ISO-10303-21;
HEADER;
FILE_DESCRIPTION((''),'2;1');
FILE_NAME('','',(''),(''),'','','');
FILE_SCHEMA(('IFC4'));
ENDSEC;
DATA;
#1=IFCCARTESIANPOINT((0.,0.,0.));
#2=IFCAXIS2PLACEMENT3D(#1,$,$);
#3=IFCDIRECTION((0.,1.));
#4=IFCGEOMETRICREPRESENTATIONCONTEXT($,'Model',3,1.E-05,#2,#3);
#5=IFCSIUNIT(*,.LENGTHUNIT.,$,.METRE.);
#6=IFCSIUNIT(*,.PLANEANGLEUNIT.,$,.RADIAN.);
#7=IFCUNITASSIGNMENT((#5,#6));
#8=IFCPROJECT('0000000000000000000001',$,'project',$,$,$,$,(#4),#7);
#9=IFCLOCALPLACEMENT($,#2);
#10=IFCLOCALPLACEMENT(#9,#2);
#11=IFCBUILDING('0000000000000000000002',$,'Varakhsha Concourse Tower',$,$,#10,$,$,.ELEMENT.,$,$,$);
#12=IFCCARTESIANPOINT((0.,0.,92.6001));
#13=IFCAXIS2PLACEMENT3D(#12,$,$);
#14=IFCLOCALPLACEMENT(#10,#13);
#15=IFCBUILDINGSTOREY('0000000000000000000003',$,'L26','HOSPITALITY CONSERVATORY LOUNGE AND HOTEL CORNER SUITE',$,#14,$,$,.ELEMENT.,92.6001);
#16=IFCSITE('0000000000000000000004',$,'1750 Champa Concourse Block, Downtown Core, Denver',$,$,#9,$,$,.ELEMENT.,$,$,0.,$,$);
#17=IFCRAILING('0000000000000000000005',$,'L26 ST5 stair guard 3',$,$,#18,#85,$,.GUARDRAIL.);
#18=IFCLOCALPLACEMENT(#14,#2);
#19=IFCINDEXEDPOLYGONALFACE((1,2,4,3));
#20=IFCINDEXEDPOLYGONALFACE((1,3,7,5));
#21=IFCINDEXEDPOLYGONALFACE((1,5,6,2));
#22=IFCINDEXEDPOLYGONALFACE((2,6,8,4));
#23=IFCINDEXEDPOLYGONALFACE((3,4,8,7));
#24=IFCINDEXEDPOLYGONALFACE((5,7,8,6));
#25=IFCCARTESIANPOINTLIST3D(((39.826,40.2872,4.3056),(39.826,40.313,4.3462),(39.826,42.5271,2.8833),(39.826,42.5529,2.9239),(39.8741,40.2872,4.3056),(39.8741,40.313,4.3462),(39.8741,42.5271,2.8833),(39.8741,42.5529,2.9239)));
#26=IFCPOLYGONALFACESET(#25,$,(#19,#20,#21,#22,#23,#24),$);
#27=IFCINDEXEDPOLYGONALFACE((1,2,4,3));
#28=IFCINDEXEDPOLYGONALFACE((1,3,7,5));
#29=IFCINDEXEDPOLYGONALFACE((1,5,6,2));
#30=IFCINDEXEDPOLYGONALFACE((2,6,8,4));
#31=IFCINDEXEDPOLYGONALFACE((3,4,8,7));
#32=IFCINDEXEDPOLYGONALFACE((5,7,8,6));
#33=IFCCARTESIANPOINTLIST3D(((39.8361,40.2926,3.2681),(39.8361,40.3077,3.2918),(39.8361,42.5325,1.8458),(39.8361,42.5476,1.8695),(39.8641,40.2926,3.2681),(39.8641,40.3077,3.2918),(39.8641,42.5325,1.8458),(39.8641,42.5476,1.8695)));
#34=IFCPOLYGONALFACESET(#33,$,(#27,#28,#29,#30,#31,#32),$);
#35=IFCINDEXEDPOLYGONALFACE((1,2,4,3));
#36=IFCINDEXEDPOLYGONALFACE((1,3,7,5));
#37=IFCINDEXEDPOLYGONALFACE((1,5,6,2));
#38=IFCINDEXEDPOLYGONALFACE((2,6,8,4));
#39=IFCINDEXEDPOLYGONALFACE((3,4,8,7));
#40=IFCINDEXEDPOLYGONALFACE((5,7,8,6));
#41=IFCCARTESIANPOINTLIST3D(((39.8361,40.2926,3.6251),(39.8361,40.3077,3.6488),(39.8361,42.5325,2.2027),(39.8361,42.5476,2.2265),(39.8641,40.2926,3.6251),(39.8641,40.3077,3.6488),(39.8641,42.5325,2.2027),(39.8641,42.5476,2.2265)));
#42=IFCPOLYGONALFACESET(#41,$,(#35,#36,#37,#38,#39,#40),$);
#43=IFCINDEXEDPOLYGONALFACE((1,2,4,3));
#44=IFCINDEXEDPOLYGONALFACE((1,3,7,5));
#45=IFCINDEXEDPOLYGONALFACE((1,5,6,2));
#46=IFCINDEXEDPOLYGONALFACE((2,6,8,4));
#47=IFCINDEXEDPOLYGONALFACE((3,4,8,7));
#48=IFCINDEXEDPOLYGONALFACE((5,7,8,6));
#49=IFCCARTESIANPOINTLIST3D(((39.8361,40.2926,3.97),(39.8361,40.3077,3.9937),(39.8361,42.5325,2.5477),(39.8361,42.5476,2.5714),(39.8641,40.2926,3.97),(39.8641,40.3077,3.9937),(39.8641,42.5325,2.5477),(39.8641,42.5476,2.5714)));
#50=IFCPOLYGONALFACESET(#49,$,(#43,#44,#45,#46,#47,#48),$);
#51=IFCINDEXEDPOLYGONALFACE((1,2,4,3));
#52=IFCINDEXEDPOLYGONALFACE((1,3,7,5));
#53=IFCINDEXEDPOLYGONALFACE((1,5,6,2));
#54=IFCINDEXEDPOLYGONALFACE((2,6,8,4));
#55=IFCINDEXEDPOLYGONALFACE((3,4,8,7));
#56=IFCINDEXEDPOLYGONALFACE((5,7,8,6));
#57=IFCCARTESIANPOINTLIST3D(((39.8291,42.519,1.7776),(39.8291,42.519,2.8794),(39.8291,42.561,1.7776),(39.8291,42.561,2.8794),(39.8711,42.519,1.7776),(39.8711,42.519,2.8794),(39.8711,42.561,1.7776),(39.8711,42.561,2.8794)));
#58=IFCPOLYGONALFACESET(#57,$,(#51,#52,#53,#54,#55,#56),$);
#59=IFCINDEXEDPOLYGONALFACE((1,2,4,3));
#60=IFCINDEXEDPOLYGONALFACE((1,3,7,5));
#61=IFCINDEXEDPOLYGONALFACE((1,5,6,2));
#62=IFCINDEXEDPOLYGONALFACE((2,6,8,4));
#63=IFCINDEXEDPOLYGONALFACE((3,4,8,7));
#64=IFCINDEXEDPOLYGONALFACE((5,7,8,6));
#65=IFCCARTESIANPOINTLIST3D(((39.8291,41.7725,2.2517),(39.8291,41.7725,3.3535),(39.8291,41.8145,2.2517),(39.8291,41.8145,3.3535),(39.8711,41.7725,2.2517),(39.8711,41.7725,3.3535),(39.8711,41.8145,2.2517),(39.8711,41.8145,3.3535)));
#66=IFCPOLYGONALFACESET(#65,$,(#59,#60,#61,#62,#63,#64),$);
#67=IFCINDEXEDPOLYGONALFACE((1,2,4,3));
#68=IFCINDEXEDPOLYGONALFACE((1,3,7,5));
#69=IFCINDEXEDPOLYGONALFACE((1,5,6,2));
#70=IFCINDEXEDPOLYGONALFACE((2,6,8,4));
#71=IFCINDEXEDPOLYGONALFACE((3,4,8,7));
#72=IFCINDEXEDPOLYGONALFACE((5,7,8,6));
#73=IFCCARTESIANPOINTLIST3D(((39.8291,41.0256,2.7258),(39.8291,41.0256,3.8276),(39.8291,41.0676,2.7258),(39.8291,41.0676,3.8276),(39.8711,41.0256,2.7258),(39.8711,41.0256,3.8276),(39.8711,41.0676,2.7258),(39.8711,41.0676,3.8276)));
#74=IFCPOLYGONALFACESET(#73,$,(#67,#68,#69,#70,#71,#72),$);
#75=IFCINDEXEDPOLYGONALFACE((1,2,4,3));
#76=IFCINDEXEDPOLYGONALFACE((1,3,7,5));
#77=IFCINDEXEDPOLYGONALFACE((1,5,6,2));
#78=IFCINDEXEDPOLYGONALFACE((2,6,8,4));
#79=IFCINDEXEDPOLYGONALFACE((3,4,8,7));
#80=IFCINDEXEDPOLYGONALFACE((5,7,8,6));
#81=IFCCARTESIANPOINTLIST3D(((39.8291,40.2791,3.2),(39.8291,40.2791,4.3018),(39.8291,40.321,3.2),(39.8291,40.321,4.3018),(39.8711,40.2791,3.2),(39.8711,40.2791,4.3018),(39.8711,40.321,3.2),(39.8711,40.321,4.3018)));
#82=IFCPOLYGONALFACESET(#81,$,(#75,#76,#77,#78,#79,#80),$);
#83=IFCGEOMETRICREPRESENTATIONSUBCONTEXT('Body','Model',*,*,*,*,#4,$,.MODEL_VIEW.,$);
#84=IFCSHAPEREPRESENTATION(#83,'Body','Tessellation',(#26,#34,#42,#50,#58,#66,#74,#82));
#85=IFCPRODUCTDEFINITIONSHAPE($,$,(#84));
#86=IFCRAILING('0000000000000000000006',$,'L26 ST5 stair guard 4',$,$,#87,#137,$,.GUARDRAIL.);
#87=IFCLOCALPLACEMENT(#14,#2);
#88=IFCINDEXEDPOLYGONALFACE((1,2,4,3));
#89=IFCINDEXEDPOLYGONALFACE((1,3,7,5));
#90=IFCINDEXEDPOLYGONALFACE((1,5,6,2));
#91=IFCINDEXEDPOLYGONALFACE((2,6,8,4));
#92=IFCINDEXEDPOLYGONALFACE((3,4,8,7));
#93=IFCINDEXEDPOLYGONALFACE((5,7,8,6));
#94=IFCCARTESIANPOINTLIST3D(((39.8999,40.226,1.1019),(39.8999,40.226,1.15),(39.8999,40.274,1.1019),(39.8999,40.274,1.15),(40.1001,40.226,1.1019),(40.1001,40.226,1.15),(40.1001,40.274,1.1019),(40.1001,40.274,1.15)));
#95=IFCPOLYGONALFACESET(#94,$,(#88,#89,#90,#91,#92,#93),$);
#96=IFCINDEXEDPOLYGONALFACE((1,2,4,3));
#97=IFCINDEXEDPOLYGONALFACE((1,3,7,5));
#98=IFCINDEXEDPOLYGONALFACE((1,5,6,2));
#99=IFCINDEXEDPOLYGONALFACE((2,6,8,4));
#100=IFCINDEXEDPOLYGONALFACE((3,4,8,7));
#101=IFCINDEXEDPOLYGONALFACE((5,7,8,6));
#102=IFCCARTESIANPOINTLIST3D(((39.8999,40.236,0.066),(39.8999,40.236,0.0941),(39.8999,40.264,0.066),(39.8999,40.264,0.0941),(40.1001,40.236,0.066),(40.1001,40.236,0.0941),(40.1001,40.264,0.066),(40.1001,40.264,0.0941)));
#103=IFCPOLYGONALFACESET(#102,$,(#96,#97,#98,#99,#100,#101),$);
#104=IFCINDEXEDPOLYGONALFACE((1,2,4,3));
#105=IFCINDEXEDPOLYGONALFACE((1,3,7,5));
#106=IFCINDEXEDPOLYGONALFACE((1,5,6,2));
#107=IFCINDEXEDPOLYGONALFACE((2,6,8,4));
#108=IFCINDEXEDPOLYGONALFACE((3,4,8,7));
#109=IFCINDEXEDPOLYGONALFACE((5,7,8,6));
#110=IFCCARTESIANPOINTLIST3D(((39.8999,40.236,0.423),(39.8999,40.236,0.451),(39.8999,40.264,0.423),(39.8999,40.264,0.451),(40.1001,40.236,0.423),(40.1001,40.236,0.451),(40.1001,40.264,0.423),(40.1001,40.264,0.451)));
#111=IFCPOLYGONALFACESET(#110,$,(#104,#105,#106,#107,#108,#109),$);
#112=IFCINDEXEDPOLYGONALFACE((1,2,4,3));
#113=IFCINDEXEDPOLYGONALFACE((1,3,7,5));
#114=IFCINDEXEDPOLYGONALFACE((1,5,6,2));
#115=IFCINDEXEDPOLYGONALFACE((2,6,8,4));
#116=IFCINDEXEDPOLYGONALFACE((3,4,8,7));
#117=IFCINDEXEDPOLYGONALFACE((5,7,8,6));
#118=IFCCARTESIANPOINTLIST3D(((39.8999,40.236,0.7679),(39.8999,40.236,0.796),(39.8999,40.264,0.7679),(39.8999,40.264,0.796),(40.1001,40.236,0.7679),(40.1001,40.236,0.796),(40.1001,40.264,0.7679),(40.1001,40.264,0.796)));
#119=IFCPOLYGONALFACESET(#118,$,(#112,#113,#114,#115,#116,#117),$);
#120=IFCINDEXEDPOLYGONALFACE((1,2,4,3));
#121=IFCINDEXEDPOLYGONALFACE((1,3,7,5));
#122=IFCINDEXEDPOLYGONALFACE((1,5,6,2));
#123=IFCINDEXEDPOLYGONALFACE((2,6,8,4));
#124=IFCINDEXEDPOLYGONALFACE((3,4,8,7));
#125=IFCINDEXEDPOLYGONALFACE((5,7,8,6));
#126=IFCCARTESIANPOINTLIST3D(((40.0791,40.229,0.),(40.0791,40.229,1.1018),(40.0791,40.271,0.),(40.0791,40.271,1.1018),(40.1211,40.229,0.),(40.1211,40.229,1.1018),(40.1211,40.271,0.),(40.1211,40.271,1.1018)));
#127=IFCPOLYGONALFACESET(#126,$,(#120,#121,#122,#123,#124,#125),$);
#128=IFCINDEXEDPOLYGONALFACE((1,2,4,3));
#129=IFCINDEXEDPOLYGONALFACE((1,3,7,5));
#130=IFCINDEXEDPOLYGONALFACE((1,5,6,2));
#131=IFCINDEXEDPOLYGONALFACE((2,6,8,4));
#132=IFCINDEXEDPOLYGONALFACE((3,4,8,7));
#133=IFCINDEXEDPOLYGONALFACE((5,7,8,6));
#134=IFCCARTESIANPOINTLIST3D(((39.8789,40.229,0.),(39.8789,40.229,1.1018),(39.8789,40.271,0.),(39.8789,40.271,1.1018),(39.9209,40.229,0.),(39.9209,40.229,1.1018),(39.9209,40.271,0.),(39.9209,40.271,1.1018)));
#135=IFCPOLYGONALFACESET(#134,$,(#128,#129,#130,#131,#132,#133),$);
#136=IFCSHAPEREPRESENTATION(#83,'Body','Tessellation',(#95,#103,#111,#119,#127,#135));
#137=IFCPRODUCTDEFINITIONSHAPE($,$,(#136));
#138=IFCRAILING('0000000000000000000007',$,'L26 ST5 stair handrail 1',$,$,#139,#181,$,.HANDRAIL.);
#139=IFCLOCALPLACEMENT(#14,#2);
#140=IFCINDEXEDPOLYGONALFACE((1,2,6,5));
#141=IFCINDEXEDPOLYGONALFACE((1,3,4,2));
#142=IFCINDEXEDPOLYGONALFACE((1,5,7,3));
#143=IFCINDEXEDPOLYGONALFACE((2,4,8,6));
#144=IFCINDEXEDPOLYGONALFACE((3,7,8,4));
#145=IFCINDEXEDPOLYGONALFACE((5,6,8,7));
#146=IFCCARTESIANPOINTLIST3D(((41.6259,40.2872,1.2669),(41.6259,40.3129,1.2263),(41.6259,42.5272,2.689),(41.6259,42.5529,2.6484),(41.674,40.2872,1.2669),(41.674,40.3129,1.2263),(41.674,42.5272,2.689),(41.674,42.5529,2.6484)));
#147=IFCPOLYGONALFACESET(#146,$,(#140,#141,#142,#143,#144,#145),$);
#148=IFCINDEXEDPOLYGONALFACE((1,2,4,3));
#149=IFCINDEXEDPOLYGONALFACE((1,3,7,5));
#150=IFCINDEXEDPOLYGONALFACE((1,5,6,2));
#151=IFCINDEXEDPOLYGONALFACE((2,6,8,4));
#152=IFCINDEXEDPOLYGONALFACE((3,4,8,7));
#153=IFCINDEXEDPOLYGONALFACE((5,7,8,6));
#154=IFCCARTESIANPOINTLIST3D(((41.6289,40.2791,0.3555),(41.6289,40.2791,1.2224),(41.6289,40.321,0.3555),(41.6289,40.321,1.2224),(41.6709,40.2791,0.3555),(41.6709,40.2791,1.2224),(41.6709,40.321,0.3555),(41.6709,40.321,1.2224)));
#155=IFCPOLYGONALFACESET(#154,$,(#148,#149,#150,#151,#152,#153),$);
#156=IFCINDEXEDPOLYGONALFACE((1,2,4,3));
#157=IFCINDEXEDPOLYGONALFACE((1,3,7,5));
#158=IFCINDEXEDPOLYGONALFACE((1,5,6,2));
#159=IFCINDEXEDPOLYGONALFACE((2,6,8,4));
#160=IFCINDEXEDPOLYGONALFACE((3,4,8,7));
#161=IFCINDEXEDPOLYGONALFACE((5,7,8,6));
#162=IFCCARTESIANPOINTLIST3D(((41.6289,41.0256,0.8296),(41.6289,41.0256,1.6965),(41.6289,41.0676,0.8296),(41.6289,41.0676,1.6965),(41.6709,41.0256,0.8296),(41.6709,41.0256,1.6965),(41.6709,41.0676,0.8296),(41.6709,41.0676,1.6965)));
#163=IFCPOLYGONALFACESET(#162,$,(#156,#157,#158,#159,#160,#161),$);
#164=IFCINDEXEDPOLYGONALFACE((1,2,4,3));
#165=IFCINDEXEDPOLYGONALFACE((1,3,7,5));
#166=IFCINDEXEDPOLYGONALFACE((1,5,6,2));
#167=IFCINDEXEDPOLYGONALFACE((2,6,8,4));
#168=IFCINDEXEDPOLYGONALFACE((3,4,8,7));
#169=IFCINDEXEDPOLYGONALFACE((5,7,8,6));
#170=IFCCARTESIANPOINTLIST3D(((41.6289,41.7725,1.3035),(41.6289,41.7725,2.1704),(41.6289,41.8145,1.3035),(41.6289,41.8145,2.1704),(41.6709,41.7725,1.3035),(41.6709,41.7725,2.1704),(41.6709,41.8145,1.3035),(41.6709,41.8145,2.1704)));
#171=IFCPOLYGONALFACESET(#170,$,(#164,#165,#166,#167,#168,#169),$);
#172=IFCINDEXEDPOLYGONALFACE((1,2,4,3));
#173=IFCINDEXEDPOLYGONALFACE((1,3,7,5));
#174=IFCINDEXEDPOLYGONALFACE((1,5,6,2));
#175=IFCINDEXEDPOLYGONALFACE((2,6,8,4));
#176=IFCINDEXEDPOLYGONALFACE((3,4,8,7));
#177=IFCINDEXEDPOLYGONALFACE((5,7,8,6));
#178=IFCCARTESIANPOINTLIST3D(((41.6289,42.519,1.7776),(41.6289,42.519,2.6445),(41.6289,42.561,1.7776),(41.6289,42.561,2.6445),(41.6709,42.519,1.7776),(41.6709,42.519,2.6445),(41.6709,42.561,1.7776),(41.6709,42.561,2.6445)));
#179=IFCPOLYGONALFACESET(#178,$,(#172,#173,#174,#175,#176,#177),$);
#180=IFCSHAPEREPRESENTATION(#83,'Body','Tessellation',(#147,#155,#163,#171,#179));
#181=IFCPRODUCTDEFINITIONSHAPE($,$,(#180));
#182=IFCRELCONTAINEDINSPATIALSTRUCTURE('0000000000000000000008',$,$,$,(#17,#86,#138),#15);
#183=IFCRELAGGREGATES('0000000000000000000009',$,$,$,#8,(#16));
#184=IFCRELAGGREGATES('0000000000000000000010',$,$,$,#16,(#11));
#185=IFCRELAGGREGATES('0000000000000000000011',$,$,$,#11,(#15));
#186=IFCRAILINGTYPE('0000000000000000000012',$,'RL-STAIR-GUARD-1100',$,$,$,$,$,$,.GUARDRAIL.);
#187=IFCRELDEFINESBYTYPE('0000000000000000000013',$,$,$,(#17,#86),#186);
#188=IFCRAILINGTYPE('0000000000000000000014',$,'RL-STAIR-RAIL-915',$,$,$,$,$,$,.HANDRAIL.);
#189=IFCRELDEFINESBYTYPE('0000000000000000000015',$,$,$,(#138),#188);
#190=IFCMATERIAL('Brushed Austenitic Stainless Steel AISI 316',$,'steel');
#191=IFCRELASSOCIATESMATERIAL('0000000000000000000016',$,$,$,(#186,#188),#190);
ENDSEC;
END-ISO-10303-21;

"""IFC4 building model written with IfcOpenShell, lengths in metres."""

from ifc_helpers import new_model, si_unit, direction, frame, origin, origin_2d, place, context, subcontext, project, spatial, rectangle, extrude, material, type_object, element, save


model = new_model("IFC4")

# Units and contexts
model_context = context("Model", 3, precision=1e-05, world=origin(), true_north=direction((0.0, 1.0)))
body_context = subcontext(model_context, "Body", "Model", "MODEL_VIEW")
ifc_project = project(units=[si_unit("LENGTHUNIT", "METRE"), si_unit("PLANEANGLEUNIT", "RADIAN")], contexts=[model_context])

# Site, building, storey
site_placement = place(None, origin())
site = spatial("IfcSite", under=ifc_project, at=site_placement, Name="1750 Champa Concourse Block, Downtown Core, Denver", CompositionType="ELEMENT", RefElevation=0.0)
building_placement = place(site_placement, origin())
building = spatial("IfcBuilding", under=site, at=building_placement, Name="Varakhsha Concourse Tower", CompositionType="ELEMENT")
storey_placement = place(building_placement, frame((0.0, 0.0, 92.6001)))
storey = spatial("IfcBuildingStorey", under=building, at=storey_placement, Name="L26", Description="HOSPITALITY CONSERVATORY LOUNGE AND HOTEL CORNER SUITE", CompositionType="ELEMENT", Elevation=92.6001)

# Railings
ifc_material_1 = material(Name="Brushed Austenitic Stainless Steel AISI 316", Category="steel")
railing_type_1 = type_object("IfcRailingType", Name="RL-STAIR-GUARD-1100", PredefinedType="GUARDRAIL", material=ifc_material_1)
railing_1_placement = place(storey_placement, frame((39.8501, 42.54, 1.7776)))
element("IfcRailing", 1, at=railing_1_placement, inside=storey, type_object=railing_type_1, Name="L26 ST5 stair guard 3", PredefinedType="GUARDRAIL", context=body_context, shape_type="SweptSolid", body=[
    extrude(rectangle(XDim=0.0481, YDim=0.0481, at=origin_2d()), frame((0.0, 0.0, 1.126), z_axis=(0.0, -0.844188, 0.536048), x_axis=(1.0, 0.0, 0.0)), (0.0, 0.0, 1.0), 2.6533),
    extrude(rectangle(XDim=0.0281, YDim=0.0281, at=origin_2d()), frame((0.0, 0.0, 0.0801), z_axis=(0.0, -0.844188, 0.536048), x_axis=(1.0, 0.0, 0.0)), (0.0, 0.0, 1.0), 2.6533),
    extrude(rectangle(XDim=0.0281, YDim=0.0281, at=origin_2d()), frame((0.0, 0.0, 0.437), z_axis=(0.0, -0.844188, 0.536048), x_axis=(1.0, 0.0, 0.0)), (0.0, 0.0, 1.0), 2.6533),
    extrude(rectangle(XDim=0.0281, YDim=0.0281, at=origin_2d()), frame((0.0, 0.0, 0.782), z_axis=(0.0, -0.844188, 0.536048), x_axis=(1.0, 0.0, 0.0)), (0.0, 0.0, 1.0), 2.6533),
    extrude(rectangle(XDim=0.042, YDim=0.042, at=origin_2d()), origin(), (0.0, 0.0, 1.0), 1.1018),
    extrude(rectangle(XDim=0.042, YDim=0.042, at=origin_2d()), frame((0.0, -0.7466, 0.4741)), (0.0, 0.0, 1.0), 1.1018),
    extrude(rectangle(XDim=0.042, YDim=0.042, at=origin_2d()), frame((0.0, -1.4934, 0.9482)), (0.0, 0.0, 1.0), 1.1018),
    extrude(rectangle(XDim=0.042, YDim=0.042, at=origin_2d()), frame((0.0, -2.24, 1.4224)), (0.0, 0.0, 1.0), 1.1018),
])
railing_2_placement = place(storey_placement, frame((40.1001, 40.25, 0.0)))
element("IfcRailing", 2, at=railing_2_placement, inside=storey, type_object=railing_type_1, Name="L26 ST5 stair guard 4", PredefinedType="GUARDRAIL", context=body_context, shape_type="SweptSolid", body=[
    extrude(rectangle(XDim=0.0481, YDim=0.0481, at=origin_2d()), frame((0.0, 0.0, 1.126), z_axis=(-1.0, 0.0, 0.0), x_axis=(0.0, -1.0, 0.0)), (0.0, 0.0, 1.0), 0.2002),
    extrude(rectangle(XDim=0.0281, YDim=0.0281, at=origin_2d()), frame((0.0, 0.0, 0.0801), z_axis=(-1.0, 0.0, 0.0), x_axis=(0.0, -1.0, 0.0)), (0.0, 0.0, 1.0), 0.2002),
    extrude(rectangle(XDim=0.0281, YDim=0.0281, at=origin_2d()), frame((0.0, 0.0, 0.437), z_axis=(-1.0, 0.0, 0.0), x_axis=(0.0, -1.0, 0.0)), (0.0, 0.0, 1.0), 0.2002),
    extrude(rectangle(XDim=0.0281, YDim=0.0281, at=origin_2d()), frame((0.0, 0.0, 0.782), z_axis=(-1.0, 0.0, 0.0), x_axis=(0.0, -1.0, 0.0)), (0.0, 0.0, 1.0), 0.2002),
    extrude(rectangle(XDim=0.042, YDim=0.042, at=origin_2d()), origin(), (0.0, 0.0, 1.0), 1.1018),
    extrude(rectangle(XDim=0.042, YDim=0.042, at=origin_2d()), frame((-0.2002, 0.0, 0.0)), (0.0, 0.0, 1.0), 1.1018),
])
railing_type_2 = type_object("IfcRailingType", Name="RL-STAIR-RAIL-915", PredefinedType="HANDRAIL", material=ifc_material_1)
railing_3_placement = place(storey_placement, frame((41.6499, 40.3, 0.3555)))
element("IfcRailing", 3, at=railing_3_placement, inside=storey, type_object=railing_type_2, Name="L26 ST5 stair handrail 1", PredefinedType="HANDRAIL", context=body_context, shape_type="SweptSolid", body=[
    extrude(rectangle(XDim=0.0481, YDim=0.0481, at=origin_2d()), frame((0.0, 0.0, 0.8911), z_axis=(0.0, 0.844229, 0.535982), x_axis=(-1.0, 0.0, 0.0)), (0.0, 0.0, 1.0), 2.6533),
    extrude(rectangle(XDim=0.042, YDim=0.042, at=origin_2d()), origin(), (0.0, 0.0, 1.0), 0.8669),
    extrude(rectangle(XDim=0.042, YDim=0.042, at=origin_2d()), frame((0.0, 0.7466, 0.4741)), (0.0, 0.0, 1.0), 0.8669),
    extrude(rectangle(XDim=0.042, YDim=0.042, at=origin_2d()), frame((0.0, 1.4934, 0.948)), (0.0, 0.0, 1.0), 0.8669),
    extrude(rectangle(XDim=0.042, YDim=0.042, at=origin_2d()), frame((0.0, 2.24, 1.4221)), (0.0, 0.0, 1.0), 0.8669),
])

save(model, "model.ifc")
